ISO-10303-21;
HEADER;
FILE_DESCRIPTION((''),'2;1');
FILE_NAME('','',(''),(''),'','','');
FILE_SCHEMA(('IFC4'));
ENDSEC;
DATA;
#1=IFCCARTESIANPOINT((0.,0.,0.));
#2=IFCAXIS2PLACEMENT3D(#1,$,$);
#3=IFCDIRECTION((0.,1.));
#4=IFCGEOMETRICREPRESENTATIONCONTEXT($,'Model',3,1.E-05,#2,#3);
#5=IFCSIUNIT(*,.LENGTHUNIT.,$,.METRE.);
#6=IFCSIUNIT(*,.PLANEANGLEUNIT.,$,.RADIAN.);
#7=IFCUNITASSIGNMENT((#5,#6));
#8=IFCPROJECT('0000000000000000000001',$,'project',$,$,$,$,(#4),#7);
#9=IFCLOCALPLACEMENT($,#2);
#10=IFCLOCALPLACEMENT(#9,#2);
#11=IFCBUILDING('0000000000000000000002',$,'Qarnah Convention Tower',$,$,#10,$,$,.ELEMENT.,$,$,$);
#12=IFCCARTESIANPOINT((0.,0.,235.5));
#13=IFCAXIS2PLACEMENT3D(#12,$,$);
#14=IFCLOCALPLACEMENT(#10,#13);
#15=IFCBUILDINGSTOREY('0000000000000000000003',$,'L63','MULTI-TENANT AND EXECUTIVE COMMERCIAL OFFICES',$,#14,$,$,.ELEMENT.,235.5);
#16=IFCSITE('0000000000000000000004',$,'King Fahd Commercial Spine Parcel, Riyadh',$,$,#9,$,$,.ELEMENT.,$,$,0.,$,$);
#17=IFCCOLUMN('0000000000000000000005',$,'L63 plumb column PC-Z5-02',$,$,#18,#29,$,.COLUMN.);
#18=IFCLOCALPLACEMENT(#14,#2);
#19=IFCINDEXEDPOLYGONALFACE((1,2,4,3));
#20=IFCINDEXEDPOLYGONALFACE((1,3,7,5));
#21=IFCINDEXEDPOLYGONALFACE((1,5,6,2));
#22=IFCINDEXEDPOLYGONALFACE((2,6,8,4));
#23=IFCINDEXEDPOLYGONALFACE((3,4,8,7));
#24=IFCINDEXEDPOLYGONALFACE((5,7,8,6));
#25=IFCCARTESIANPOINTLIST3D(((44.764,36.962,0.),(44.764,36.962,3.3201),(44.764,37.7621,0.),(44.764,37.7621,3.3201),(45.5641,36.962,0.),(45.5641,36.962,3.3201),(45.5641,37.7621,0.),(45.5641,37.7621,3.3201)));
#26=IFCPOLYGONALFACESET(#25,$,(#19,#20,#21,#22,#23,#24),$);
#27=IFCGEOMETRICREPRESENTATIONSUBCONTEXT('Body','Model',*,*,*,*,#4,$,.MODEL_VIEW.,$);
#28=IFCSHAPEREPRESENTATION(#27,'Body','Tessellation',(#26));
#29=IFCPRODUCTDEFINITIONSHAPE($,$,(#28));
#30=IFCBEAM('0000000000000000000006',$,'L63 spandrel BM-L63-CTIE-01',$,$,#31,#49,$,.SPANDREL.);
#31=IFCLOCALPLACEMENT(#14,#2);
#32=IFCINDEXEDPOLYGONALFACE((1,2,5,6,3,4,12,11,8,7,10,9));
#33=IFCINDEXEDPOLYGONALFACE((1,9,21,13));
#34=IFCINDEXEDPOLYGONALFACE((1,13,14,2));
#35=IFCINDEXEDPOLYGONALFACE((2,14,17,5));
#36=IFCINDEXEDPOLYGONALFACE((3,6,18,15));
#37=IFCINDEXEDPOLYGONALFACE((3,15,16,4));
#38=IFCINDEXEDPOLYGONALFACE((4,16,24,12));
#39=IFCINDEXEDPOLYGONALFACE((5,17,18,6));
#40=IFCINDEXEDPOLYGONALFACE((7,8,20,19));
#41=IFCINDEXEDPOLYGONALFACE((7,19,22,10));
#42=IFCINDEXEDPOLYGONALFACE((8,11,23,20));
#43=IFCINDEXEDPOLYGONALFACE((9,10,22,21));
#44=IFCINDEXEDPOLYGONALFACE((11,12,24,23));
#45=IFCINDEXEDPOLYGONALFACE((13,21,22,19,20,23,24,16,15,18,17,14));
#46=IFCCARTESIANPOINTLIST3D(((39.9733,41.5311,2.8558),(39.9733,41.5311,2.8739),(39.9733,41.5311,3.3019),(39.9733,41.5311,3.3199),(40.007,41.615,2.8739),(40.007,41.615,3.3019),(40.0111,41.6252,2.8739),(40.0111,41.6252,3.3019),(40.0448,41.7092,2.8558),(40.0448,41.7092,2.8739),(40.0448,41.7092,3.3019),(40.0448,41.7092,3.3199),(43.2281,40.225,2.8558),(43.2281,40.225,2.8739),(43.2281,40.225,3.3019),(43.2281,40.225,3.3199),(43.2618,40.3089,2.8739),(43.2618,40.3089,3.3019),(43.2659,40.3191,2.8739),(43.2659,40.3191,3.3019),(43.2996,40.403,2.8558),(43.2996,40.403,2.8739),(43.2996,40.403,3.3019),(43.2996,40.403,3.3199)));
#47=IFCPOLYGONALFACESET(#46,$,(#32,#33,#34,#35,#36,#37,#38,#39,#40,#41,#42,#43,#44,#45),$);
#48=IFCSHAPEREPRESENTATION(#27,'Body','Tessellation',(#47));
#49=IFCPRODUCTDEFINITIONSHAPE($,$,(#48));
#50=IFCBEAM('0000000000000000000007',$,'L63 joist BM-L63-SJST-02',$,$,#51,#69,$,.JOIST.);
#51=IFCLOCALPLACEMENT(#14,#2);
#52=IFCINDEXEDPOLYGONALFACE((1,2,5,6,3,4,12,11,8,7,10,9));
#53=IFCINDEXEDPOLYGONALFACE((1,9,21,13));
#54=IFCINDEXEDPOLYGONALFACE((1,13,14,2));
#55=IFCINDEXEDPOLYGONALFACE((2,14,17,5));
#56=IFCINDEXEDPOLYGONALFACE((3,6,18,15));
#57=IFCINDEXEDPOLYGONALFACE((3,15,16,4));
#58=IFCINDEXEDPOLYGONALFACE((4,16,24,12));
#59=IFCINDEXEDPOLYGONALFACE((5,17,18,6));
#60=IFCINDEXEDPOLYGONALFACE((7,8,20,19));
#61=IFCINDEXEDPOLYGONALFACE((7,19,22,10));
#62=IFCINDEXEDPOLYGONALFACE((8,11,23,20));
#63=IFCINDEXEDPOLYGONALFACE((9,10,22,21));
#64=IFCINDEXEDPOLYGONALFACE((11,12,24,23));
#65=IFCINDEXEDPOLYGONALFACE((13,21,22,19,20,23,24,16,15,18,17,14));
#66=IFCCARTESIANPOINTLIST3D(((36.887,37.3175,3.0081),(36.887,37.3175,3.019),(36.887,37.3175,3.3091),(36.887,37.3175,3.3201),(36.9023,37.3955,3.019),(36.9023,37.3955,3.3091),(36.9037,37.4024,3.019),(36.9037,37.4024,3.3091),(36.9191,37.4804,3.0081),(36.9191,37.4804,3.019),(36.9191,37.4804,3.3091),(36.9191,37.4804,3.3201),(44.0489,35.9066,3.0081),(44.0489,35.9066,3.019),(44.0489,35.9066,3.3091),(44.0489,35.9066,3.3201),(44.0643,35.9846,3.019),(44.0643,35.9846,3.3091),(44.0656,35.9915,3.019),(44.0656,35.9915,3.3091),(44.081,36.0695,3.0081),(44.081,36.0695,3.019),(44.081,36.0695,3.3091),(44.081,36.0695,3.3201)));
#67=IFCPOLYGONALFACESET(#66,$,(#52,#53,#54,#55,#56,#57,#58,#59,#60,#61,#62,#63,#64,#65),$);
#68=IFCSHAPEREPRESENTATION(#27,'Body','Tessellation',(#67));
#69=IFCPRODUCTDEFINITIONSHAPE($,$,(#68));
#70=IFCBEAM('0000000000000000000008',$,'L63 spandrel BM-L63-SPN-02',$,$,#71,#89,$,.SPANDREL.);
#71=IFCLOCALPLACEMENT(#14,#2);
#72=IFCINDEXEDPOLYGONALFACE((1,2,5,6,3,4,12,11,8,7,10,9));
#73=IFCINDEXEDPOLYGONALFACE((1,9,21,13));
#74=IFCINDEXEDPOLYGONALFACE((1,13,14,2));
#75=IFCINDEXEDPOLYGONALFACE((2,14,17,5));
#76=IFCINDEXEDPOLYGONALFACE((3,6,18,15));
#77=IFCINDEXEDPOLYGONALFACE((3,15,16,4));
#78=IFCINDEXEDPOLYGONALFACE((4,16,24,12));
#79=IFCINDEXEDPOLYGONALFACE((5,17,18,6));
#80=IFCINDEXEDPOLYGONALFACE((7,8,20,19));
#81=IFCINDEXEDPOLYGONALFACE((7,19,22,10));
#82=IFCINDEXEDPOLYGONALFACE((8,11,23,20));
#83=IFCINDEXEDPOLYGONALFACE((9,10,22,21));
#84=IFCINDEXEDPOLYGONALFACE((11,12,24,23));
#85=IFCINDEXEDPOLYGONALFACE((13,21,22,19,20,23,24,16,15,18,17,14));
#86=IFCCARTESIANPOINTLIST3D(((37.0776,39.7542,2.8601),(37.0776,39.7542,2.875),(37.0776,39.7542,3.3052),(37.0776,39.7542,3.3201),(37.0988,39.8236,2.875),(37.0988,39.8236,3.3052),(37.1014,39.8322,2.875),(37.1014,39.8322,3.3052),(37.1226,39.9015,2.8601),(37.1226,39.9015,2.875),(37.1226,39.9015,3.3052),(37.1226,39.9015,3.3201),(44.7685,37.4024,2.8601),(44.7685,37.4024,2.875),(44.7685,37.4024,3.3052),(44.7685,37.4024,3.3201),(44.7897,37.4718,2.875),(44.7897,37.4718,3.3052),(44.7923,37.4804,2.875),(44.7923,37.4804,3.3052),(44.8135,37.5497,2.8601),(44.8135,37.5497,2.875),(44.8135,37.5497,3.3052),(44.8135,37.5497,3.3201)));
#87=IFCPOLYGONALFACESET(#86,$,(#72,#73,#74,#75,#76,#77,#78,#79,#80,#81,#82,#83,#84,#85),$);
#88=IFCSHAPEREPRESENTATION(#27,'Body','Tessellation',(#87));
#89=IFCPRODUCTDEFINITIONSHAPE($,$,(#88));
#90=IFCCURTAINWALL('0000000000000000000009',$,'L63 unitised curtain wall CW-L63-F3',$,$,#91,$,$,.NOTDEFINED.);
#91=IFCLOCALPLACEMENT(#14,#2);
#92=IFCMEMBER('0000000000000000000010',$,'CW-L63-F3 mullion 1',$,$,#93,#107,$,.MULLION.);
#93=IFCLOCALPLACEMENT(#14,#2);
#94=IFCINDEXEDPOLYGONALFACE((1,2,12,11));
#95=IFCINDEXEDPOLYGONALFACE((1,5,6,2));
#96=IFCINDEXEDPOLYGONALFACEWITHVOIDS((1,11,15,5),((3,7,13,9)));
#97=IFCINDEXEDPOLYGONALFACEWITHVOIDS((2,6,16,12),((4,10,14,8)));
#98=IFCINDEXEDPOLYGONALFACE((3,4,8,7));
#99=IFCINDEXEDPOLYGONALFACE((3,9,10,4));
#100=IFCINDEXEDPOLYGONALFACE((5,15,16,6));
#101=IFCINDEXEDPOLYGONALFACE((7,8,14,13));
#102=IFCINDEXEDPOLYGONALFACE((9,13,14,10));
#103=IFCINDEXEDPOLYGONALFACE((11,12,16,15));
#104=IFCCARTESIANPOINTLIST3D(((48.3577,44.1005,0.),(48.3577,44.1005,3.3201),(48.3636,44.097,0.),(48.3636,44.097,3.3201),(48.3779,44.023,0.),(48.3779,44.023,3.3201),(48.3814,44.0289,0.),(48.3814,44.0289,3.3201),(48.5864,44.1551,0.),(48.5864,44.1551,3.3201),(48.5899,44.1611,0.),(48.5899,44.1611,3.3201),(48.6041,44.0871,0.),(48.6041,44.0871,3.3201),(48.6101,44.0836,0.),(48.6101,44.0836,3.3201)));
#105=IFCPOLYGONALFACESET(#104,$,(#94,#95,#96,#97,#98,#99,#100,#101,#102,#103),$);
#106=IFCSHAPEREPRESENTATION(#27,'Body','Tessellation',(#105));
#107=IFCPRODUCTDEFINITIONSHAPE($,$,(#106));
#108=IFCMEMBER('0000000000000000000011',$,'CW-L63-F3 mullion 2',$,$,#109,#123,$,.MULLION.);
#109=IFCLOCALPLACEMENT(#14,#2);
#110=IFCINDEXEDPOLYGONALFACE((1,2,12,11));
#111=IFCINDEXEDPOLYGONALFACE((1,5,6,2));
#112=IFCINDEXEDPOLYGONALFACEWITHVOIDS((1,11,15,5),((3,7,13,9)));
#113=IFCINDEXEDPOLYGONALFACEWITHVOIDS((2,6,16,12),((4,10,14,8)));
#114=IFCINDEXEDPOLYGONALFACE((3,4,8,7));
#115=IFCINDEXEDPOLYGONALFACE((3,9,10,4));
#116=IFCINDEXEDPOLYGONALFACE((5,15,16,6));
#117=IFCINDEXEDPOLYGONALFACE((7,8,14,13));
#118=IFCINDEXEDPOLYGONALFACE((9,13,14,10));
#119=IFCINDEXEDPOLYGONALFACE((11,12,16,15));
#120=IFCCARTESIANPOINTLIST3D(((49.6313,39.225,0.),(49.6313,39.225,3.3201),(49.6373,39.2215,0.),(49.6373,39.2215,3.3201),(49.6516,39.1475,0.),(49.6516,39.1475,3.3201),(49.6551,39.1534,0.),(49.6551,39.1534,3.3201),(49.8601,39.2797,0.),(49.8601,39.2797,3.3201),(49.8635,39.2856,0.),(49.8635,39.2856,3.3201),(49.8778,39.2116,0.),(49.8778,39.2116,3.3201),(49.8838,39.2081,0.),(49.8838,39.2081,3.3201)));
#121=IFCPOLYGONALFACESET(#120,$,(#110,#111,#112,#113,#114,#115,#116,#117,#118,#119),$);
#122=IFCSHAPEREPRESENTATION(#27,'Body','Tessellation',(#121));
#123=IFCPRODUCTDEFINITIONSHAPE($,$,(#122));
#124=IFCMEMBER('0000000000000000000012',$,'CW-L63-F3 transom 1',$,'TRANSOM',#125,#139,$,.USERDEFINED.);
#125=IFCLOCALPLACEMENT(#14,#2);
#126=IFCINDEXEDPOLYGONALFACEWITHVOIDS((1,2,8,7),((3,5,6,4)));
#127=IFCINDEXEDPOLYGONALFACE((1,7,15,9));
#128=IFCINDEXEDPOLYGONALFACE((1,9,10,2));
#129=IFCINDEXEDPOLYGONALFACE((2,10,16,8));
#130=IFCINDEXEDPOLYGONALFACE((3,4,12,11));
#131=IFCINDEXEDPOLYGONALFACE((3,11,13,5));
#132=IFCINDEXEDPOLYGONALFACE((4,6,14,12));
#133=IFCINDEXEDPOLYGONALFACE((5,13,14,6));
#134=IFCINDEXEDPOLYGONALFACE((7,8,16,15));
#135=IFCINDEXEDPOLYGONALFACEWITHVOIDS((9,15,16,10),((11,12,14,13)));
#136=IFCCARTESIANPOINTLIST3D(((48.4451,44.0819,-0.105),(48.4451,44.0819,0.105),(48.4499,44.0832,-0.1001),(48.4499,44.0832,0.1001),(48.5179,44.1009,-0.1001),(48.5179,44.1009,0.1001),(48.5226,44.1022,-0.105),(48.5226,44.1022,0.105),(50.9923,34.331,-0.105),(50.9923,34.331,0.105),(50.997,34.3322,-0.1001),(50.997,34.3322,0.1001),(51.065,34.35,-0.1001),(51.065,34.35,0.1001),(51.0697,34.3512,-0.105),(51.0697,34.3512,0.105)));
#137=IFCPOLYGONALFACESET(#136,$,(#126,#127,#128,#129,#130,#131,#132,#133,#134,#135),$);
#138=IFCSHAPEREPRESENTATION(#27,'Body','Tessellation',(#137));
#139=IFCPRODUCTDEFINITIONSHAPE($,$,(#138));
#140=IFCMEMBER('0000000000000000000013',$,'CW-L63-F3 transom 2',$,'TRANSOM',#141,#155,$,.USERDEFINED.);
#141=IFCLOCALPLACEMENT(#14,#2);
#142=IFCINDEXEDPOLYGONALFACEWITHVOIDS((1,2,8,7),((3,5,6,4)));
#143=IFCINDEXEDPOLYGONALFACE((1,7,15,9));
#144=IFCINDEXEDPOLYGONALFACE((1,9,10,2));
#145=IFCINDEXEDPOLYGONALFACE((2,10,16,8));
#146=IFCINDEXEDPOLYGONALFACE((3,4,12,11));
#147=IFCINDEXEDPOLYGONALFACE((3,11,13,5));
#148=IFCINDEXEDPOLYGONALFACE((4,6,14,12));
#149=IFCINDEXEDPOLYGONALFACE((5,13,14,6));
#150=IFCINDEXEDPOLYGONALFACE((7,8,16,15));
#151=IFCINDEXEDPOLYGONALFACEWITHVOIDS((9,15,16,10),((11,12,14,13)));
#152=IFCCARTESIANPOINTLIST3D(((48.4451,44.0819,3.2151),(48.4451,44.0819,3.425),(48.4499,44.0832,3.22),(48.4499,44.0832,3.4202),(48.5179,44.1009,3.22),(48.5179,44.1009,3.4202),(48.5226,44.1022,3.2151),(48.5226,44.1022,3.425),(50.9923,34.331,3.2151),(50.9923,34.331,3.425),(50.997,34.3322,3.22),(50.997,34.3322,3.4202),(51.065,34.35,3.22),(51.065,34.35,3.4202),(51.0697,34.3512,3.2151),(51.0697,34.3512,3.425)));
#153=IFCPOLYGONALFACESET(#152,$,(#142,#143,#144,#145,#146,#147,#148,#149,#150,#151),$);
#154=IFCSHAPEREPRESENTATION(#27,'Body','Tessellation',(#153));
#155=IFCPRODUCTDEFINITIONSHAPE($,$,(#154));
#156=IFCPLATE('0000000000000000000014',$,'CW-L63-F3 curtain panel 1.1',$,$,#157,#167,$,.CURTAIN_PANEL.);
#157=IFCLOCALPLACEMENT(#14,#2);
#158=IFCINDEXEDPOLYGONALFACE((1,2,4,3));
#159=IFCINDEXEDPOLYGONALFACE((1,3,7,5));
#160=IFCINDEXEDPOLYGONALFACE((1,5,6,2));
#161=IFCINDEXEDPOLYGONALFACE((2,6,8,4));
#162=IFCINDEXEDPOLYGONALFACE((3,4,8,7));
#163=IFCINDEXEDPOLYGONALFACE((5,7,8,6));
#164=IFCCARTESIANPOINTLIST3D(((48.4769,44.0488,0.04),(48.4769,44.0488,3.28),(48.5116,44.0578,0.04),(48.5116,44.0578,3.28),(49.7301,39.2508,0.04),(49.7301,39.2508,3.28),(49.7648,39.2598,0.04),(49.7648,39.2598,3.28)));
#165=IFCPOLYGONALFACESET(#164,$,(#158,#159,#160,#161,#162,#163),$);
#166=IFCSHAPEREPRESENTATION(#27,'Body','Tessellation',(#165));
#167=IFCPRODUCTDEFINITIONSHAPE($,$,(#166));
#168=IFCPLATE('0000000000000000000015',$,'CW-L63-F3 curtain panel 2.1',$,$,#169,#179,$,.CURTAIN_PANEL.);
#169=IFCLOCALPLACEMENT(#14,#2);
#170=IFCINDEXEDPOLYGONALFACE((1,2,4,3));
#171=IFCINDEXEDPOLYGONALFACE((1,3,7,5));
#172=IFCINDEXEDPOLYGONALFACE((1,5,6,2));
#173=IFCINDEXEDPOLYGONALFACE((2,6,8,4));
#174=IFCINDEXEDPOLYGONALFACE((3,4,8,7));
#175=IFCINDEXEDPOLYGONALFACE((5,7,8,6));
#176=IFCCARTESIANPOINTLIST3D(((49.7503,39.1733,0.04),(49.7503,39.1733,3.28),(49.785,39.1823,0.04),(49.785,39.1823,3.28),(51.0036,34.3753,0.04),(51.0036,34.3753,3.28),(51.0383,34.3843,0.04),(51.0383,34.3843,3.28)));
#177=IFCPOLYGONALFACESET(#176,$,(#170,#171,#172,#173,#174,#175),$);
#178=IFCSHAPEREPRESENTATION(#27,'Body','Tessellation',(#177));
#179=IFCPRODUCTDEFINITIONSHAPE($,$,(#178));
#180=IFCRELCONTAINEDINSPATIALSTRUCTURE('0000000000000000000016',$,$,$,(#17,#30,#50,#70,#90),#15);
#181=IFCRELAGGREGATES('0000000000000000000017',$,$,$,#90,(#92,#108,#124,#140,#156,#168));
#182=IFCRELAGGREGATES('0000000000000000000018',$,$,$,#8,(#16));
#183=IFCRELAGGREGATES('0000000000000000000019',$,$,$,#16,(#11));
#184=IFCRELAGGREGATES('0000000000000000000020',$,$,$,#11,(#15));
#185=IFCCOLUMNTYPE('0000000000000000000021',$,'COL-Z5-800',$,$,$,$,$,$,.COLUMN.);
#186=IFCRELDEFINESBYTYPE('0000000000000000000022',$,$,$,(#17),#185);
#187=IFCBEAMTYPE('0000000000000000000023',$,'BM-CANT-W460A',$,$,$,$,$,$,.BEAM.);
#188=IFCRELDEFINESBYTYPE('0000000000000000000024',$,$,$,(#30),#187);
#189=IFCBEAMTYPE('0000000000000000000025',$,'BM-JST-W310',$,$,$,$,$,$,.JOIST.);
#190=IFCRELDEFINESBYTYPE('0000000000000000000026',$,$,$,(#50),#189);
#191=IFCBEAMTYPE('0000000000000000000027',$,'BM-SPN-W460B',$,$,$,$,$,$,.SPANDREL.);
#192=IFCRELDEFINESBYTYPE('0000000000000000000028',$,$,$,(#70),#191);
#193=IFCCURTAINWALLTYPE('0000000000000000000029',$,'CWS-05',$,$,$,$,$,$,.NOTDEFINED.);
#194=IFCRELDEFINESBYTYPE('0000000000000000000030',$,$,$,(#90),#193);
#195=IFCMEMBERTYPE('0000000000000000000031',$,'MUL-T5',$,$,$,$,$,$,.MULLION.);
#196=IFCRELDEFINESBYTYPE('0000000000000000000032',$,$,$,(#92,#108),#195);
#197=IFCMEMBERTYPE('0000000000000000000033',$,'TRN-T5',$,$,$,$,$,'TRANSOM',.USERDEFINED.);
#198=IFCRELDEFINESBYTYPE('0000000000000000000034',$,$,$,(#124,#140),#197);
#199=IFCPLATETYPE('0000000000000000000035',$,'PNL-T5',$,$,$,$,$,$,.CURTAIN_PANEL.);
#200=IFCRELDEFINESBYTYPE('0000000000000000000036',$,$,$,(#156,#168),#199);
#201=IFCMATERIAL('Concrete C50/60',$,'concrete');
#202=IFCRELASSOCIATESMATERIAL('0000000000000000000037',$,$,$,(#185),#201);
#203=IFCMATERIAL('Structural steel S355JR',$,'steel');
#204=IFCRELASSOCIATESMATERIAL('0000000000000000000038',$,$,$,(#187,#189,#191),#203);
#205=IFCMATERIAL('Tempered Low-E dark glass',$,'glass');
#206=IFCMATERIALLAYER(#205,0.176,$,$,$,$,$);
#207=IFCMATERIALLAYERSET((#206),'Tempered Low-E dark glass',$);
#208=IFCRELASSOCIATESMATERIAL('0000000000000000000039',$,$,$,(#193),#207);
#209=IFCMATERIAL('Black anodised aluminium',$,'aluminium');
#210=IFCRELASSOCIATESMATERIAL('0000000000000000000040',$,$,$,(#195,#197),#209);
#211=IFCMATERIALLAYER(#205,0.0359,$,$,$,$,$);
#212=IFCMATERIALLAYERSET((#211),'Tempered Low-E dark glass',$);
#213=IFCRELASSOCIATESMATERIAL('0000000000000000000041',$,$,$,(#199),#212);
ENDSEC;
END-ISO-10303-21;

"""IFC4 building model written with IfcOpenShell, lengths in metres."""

from ifc_helpers import new_model, si_unit, direction, frame, origin, origin_2d, place, context, subcontext, project, spatial, rectangle, hollow_rectangle, i_section, extrude, material, layer, layer_set, material_profile, profile_set, type_object, element, aggregate, save


model = new_model("IFC4")

# Units and contexts
model_context = context("Model", 3, precision=1e-05, world=origin(), true_north=direction((0.0, 1.0)))
body_context = subcontext(model_context, "Body", "Model", "MODEL_VIEW")
ifc_project = project(units=[si_unit("LENGTHUNIT", "METRE"), si_unit("PLANEANGLEUNIT", "RADIAN")], contexts=[model_context])

# Site, building, storey
site_placement = place(None, origin())
site = spatial("IfcSite", under=ifc_project, at=site_placement, Name="King Fahd Commercial Spine Parcel, Riyadh", CompositionType="ELEMENT", RefElevation=0.0)
building_placement = place(site_placement, origin())
building = spatial("IfcBuilding", under=site, at=building_placement, Name="Qarnah Convention Tower", CompositionType="ELEMENT")
storey_placement = place(building_placement, frame((0.0, 0.0, 235.5)))
storey = spatial("IfcBuildingStorey", under=building, at=storey_placement, Name="L63", Description="MULTI-TENANT AND EXECUTIVE COMMERCIAL OFFICES", CompositionType="ELEMENT", Elevation=235.5)

# Column
ifc_material_1 = material(Name="Concrete C50/60", Category="concrete")
ifc_material_profile_1 = material_profile(ifc_material_1, rectangle(XDim=0.8, YDim=0.8, at=origin_2d()), Name="RC-COL-800X800")
ifc_profile_set_1 = profile_set([ifc_material_profile_1], Name="Concrete C50/60")
column_type = type_object("IfcColumnType", Name="COL-Z5-800", PredefinedType="COLUMN", material=ifc_profile_set_1)
column_placement = place(storey_placement, frame((45.1641, 37.3621, 0.0), z_axis=(0.0, 0.0, 1.0), x_axis=(1.0, 0.0, 0.0)))
element("IfcColumn", 1, at=column_placement, inside=storey, type_object=column_type, Name="L63 plumb column PC-Z5-02", PredefinedType="COLUMN", context=body_context, shape_type="SweptSolid", body=[
    extrude(rectangle(XDim=0.8, YDim=0.8, at=origin_2d()), origin(), (0.0, 0.0, 1.0), 3.3201),
])

# Beams
ifc_material_2 = material(Name="Structural steel S355JR", Category="steel")
ifc_material_profile_2 = material_profile(ifc_material_2, i_section(OverallWidth=0.1919, OverallDepth=0.4641, WebThickness=0.011, FlangeThickness=0.0181, at=origin_2d()), Name="W460X89")
ifc_profile_set_2 = profile_set([ifc_material_profile_2], Name="Structural steel S355JR")
beam_type_1 = type_object("IfcBeamType", Name="BM-CANT-W460A", PredefinedType="BEAM", material=ifc_profile_set_2)
beam_1_placement = place(storey_placement, frame((40.009, 41.6201, 3.0879), z_axis=(0.928063, -0.372423, 0.0), x_axis=(0.372423, 0.928063, 0.0)))
element("IfcBeam", 2, at=beam_1_placement, inside=storey, type_object=beam_type_1, Name="L63 spandrel BM-L63-CTIE-01", PredefinedType="SPANDREL", context=body_context, shape_type="SweptSolid", body=[
    extrude(i_section(OverallWidth=0.1919, OverallDepth=0.4641, WebThickness=0.011, FlangeThickness=0.0181, at=origin_2d()), origin(), (0.0, 0.0, 1.0), 3.5071),
])
ifc_material_profile_3 = material_profile(ifc_material_2, i_section(OverallWidth=0.166, OverallDepth=0.312, WebThickness=0.0071, FlangeThickness=0.011, at=origin_2d()), Name="W310X45")
ifc_profile_set_3 = profile_set([ifc_material_profile_3], Name="Structural steel S355JR")
beam_type_2 = type_object("IfcBeamType", Name="BM-JST-W310", PredefinedType="JOIST", material=ifc_profile_set_3)
beam_2_placement = place(storey_placement, frame((44.0649, 35.988, 3.1641), z_axis=(-0.981143, 0.193285, 0.0), x_axis=(-0.193285, -0.981143, 0.0)))
element("IfcBeam", 3, at=beam_2_placement, inside=storey, type_object=beam_type_2, Name="L63 joist BM-L63-SJST-02", PredefinedType="JOIST", context=body_context, shape_type="SweptSolid", body=[
    extrude(i_section(OverallWidth=0.166, OverallDepth=0.312, WebThickness=0.0071, FlangeThickness=0.011, at=origin_2d()), origin(), (0.0, 0.0, 1.0), 7.2996),
])
ifc_material_profile_4 = material_profile(ifc_material_2, i_section(OverallWidth=0.1541, OverallDepth=0.46, WebThickness=0.009, FlangeThickness=0.0149, at=origin_2d()), Name="W460X68")
ifc_profile_set_4 = profile_set([ifc_material_profile_4], Name="Structural steel S355JR")
beam_type_3 = type_object("IfcBeamType", Name="BM-SPN-W460B", PredefinedType="SPANDREL", material=ifc_profile_set_4)
beam_3_placement = place(storey_placement, frame((44.791, 37.4761, 3.0901), z_axis=(-0.956289, 0.292424, 0.0), x_axis=(-0.292424, -0.956289, 0.0)))
element("IfcBeam", 4, at=beam_3_placement, inside=storey, type_object=beam_type_3, Name="L63 spandrel BM-L63-SPN-02", PredefinedType="SPANDREL", context=body_context, shape_type="SweptSolid", body=[
    extrude(i_section(OverallWidth=0.1541, OverallDepth=0.46, WebThickness=0.009, FlangeThickness=0.0149, at=origin_2d()), origin(), (0.0, 0.0, 1.0), 8.0425),
])

# Curtain wall, members, plates
ifc_material_3 = material(Name="Tempered Low-E dark glass", Category="glass")
ifc_layer_1 = layer(ifc_material_3, 0.176)
ifc_layer_set_1 = layer_set([ifc_layer_1], Name="Tempered Low-E dark glass")
curtain_wall_type = type_object("IfcCurtainWallType", Name="CWS-05", PredefinedType="NOTDEFINED", material=ifc_layer_set_1)
curtain_wall_placement = place(storey_placement, origin())
curtain_wall = element("IfcCurtainWall", 5, at=curtain_wall_placement, inside=storey, type_object=curtain_wall_type, Name="L63 unitised curtain wall CW-L63-F3", PredefinedType="NOTDEFINED")
ifc_material_4 = material(Name="Black anodised aluminium", Category="aluminium")
ifc_material_profile_5 = material_profile(ifc_material_4, hollow_rectangle(XDim=0.0801, YDim=0.24, WallThickness=0.0049, at=origin_2d()), Name="MUL-80X240")
ifc_profile_set_5 = profile_set([ifc_material_profile_5], Name="Black anodised aluminium")
member_type_1 = type_object("IfcMemberType", Name="MUL-T5", PredefinedType="MULLION", material=ifc_profile_set_5)
member_1_placement = place(storey_placement, frame((48.4839, 44.092, 0.0), z_axis=(0.0, 0.0, 1.0), x_axis=(0.252725, -0.967538, 0.0)))
member_1 = element("IfcMember", 6, at=member_1_placement, type_object=member_type_1, Name="CW-L63-F3 mullion 1", PredefinedType="MULLION", context=body_context, shape_type="SweptSolid", body=[
    extrude(hollow_rectangle(XDim=0.0801, YDim=0.24, WallThickness=0.0049, at=origin_2d()), origin(), (0.0, 0.0, 1.0), 3.3201),
])
member_2_placement = place(storey_placement, frame((49.7576, 39.2166, 0.0), z_axis=(0.0, 0.0, 1.0), x_axis=(0.252725, -0.967538, 0.0)))
member_2 = element("IfcMember", 7, at=member_2_placement, type_object=member_type_1, Name="CW-L63-F3 mullion 2", PredefinedType="MULLION", context=body_context, shape_type="SweptSolid", body=[
    extrude(hollow_rectangle(XDim=0.0801, YDim=0.24, WallThickness=0.0049, at=origin_2d()), origin(), (0.0, 0.0, 1.0), 3.3201),
])
ifc_material_profile_6 = material_profile(ifc_material_4, hollow_rectangle(XDim=0.0801, YDim=0.21, WallThickness=0.0049, at=origin_2d()), Name="TRN-80X210")
ifc_profile_set_6 = profile_set([ifc_material_profile_6], Name="Black anodised aluminium")
member_type_2 = type_object("IfcMemberType", Name="TRN-T5", ElementType="TRANSOM", PredefinedType="USERDEFINED", material=ifc_profile_set_6)
member_3_placement = place(storey_placement, frame((48.4839, 44.092, 0.0), z_axis=(0.252736, -0.967535, 0.0), x_axis=(0.967535, 0.252736, 0.0)))
member_3 = element("IfcMember", 8, at=member_3_placement, type_object=member_type_2, Name="CW-L63-F3 transom 1", ObjectType="TRANSOM", PredefinedType="USERDEFINED", context=body_context, shape_type="SweptSolid", body=[
    extrude(hollow_rectangle(XDim=0.0801, YDim=0.21, WallThickness=0.0049, at=origin_2d()), origin(), (0.0, 0.0, 1.0), 10.0781),
])
member_4_placement = place(storey_placement, frame((48.4839, 44.092, 3.3201), z_axis=(0.252736, -0.967535, 0.0), x_axis=(0.967535, 0.252736, 0.0)))
member_4 = element("IfcMember", 9, at=member_4_placement, type_object=member_type_2, Name="CW-L63-F3 transom 2", ObjectType="TRANSOM", PredefinedType="USERDEFINED", context=body_context, shape_type="SweptSolid", body=[
    extrude(hollow_rectangle(XDim=0.0801, YDim=0.21, WallThickness=0.0049, at=origin_2d()), origin(), (0.0, 0.0, 1.0), 10.0781),
])
ifc_layer_2 = layer(ifc_material_3, 0.0359)
ifc_layer_set_2 = layer_set([ifc_layer_2], Name="Tempered Low-E dark glass")
plate_type_1 = type_object("IfcPlateType", Name="PNL-T5", PredefinedType="CURTAIN_PANEL", material=ifc_layer_set_2)
plate_1_placement = place(storey_placement, frame((49.1208, 41.6543, 0.04), z_axis=(0.0, 0.0, 1.0), x_axis=(0.252725, -0.967538, 0.0)))
plate_1 = element("IfcPlate", 10, at=plate_1_placement, type_object=plate_type_1, Name="CW-L63-F3 curtain panel 1.1", PredefinedType="CURTAIN_PANEL", context=body_context, shape_type="SweptSolid", body=[
    extrude(rectangle(XDim=4.959, YDim=0.0359, at=origin_2d()), origin(), (0.0, 0.0, 1.0), 3.24),
])
plate_2_placement = place(storey_placement, frame((50.3943, 36.7788, 0.04), z_axis=(0.0, 0.0, 1.0), x_axis=(0.252725, -0.967538, 0.0)))
plate_2 = element("IfcPlate", 11, at=plate_2_placement, type_object=plate_type_1, Name="CW-L63-F3 curtain panel 2.1", PredefinedType="CURTAIN_PANEL", context=body_context, shape_type="SweptSolid", body=[
    extrude(rectangle(XDim=4.959, YDim=0.0359, at=origin_2d()), origin(), (0.0, 0.0, 1.0), 3.24),
])
aggregate(curtain_wall, [member_1, member_2, member_3, member_4, plate_1, plate_2])

save(model, "model.ifc")
